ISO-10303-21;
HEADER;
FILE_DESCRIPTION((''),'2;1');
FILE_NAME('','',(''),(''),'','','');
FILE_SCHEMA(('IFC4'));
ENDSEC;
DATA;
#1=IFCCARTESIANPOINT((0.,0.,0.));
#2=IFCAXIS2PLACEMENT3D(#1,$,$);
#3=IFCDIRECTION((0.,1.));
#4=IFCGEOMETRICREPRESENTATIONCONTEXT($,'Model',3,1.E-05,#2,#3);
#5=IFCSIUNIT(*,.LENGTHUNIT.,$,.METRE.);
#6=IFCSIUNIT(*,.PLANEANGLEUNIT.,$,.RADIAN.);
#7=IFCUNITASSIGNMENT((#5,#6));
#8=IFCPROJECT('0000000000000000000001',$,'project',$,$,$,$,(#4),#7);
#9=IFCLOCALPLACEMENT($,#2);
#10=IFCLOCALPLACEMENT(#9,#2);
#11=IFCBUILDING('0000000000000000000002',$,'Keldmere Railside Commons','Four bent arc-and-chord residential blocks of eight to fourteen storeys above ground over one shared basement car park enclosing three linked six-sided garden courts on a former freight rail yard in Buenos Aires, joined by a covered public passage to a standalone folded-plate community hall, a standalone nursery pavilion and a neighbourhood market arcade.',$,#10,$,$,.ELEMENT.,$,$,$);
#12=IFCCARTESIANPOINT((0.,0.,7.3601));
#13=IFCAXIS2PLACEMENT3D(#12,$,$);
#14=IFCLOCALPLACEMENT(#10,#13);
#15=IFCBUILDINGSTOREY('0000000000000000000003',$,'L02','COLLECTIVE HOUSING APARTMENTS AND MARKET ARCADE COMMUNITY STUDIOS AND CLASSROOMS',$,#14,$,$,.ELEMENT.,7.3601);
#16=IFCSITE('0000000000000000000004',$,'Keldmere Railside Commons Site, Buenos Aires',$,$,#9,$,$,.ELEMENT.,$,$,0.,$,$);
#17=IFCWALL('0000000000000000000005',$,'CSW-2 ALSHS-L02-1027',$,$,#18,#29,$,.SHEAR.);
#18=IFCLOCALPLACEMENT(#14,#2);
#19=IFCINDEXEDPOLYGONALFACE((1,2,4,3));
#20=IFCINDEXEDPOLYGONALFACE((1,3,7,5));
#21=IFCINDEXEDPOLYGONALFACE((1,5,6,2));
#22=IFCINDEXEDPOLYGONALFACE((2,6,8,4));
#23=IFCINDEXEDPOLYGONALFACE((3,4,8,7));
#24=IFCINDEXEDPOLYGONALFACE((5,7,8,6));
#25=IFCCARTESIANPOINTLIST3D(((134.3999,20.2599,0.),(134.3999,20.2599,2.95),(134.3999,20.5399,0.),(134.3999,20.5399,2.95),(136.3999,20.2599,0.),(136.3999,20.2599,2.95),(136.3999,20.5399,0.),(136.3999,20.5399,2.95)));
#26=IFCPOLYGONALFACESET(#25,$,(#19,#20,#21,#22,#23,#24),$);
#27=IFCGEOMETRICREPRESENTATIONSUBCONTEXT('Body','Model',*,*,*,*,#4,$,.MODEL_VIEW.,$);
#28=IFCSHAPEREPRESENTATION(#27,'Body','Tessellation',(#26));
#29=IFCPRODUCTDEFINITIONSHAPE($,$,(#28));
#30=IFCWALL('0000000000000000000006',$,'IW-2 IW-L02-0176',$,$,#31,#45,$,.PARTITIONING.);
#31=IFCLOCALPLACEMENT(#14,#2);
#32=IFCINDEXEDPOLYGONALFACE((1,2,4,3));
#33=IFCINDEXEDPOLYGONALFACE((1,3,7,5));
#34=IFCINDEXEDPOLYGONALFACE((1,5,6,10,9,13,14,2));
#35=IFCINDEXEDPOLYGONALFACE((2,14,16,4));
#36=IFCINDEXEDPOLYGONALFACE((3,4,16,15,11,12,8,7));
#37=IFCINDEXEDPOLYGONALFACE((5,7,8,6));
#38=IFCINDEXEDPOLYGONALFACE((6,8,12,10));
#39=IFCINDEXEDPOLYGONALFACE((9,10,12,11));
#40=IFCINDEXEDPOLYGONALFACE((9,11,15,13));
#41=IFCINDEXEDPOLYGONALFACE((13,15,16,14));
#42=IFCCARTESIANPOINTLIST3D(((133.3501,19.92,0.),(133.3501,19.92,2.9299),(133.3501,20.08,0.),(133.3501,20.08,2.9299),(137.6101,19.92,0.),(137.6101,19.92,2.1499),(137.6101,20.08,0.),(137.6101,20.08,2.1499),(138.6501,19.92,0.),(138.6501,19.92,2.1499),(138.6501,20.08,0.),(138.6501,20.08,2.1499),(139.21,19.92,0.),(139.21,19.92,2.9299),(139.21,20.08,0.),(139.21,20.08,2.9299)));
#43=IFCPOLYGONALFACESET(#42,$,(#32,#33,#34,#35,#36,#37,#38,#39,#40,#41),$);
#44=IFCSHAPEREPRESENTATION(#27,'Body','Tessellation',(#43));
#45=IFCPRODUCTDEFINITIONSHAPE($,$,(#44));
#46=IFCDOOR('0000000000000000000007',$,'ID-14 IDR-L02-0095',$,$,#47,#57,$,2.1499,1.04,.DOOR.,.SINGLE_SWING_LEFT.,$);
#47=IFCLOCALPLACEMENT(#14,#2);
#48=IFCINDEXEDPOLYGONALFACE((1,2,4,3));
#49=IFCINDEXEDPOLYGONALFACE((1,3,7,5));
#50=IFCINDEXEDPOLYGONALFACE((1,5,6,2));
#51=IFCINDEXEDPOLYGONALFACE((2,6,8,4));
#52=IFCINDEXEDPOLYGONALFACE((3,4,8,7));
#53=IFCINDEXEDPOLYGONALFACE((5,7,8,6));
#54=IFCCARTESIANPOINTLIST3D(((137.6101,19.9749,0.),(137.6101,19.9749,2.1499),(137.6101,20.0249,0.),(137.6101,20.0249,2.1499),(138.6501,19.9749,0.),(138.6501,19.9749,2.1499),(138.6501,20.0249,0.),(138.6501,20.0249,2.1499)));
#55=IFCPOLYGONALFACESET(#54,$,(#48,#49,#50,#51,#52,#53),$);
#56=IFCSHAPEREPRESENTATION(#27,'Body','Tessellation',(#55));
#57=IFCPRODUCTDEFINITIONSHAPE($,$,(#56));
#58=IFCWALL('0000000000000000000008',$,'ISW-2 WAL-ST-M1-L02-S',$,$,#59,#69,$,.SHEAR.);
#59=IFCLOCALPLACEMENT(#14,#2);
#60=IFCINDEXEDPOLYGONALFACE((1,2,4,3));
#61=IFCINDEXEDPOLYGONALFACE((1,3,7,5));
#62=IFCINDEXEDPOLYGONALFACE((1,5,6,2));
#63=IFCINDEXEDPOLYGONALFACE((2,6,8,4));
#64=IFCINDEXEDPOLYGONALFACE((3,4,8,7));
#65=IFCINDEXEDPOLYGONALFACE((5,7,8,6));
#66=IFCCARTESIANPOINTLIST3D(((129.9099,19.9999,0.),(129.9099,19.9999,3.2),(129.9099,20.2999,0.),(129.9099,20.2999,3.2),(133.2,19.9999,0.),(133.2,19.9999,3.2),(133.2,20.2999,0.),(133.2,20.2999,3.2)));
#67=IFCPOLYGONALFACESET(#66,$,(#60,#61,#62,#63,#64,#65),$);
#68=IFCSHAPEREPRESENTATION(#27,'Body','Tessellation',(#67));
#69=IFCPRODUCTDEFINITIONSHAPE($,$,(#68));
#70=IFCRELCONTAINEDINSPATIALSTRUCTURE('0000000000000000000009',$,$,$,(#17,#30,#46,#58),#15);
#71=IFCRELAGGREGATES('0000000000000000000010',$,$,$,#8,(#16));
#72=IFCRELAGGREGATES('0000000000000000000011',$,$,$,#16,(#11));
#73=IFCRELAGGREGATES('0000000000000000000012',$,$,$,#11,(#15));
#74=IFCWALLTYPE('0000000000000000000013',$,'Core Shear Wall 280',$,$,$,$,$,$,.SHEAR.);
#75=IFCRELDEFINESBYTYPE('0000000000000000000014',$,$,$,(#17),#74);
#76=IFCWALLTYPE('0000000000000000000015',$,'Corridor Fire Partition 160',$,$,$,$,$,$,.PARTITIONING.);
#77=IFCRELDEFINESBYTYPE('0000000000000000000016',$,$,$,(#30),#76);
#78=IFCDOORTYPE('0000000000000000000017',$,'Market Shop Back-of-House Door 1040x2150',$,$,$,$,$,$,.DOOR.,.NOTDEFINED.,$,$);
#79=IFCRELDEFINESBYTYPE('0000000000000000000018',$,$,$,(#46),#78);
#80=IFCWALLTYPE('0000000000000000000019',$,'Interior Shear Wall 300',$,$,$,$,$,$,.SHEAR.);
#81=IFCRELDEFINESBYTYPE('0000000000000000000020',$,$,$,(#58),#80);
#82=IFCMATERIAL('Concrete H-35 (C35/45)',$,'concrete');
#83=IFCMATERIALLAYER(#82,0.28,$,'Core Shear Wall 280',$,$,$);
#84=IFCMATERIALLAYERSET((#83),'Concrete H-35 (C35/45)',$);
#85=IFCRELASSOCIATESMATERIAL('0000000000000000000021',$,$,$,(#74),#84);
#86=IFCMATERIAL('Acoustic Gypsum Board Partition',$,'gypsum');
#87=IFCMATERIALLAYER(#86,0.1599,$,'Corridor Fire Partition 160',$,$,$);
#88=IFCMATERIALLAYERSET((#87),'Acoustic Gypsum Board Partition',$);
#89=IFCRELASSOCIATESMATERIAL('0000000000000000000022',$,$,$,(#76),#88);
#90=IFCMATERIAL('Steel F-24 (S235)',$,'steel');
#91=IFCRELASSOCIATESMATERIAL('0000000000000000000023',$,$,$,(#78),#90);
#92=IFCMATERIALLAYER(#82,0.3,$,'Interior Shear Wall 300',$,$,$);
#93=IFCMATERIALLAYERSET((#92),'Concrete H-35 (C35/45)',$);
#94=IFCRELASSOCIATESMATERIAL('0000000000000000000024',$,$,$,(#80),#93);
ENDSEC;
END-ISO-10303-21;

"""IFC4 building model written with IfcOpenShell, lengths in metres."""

from ifc_helpers import new_model, si_unit, direction, frame, frame_2d, origin, place, context, subcontext, project, spatial, rectangle, extrude, material, layer, layer_set, type_object, element, fill, save


model = new_model("IFC4")

# Units and contexts
model_context = context("Model", 3, precision=1e-05, world=origin(), true_north=direction((0.0, 1.0)))
body_context = subcontext(model_context, "Body", "Model", "MODEL_VIEW")
ifc_project = project(units=[si_unit("LENGTHUNIT", "METRE"), si_unit("PLANEANGLEUNIT", "RADIAN")], contexts=[model_context])

# Site, building, storey
site_placement = place(None, origin())
site = spatial("IfcSite", under=ifc_project, at=site_placement, Name="Keldmere Railside Commons Site, Buenos Aires", CompositionType="ELEMENT", RefElevation=0.0)
building_placement = place(site_placement, origin())
building = spatial("IfcBuilding", under=site, at=building_placement, Name="Keldmere Railside Commons", Description="Four bent arc-and-chord residential blocks of eight to fourteen storeys above ground over one shared basement car park enclosing three linked six-sided garden courts on a former freight rail yard in Buenos Aires, joined by a covered public passage to a standalone folded-plate community hall, a standalone nursery pavilion and a neighbourhood market arcade.", CompositionType="ELEMENT")
storey_placement = place(building_placement, frame((0.0, 0.0, 7.3601)))
storey = spatial("IfcBuildingStorey", under=building, at=storey_placement, Name="L02", Description="COLLECTIVE HOUSING APARTMENTS AND MARKET ARCADE COMMUNITY STUDIOS AND CLASSROOMS", CompositionType="ELEMENT", Elevation=7.3601)

# Shared definitions
ifc_material_1 = material(Name="Concrete H-35 (C35/45)", Category="concrete")

# Wall
ifc_material_2 = material(Name="Acoustic Gypsum Board Partition", Category="gypsum")
ifc_layer_1 = layer(ifc_material_1, 0.28, Name="Core Shear Wall 280")
ifc_layer_set_1 = layer_set([ifc_layer_1], Name="Concrete H-35 (C35/45)")
wall_type_1 = type_object("IfcWallType", Name="Core Shear Wall 280", PredefinedType="SHEAR", material=ifc_layer_set_1)
for number, where, z_axis, x_axis, name in (
    (1, (134.3999, 20.3999, 0.0), (0.0, 0.0, 1.0), (1.0, 0.0, 0.0), "CSW-2 ALSHS-L02-1027"),
):
    element("IfcWall", number, at=place(storey_placement, frame(where, z_axis=z_axis, x_axis=x_axis)), inside=storey, type_object=wall_type_1, Name=name, PredefinedType="SHEAR", context=body_context, shape_type="SweptSolid", body=[
        extrude(rectangle(XDim=2.0, YDim=0.28, at=frame_2d((1.0, 0.0))), origin(), (0.0, 0.0, 1.0), 2.95),
    ])

# Wall, opening, door
ifc_layer_2 = layer(ifc_material_2, 0.1599, Name="Corridor Fire Partition 160")
ifc_layer_set_2 = layer_set([ifc_layer_2], Name="Acoustic Gypsum Board Partition")
wall_type_2 = type_object("IfcWallType", Name="Corridor Fire Partition 160", PredefinedType="PARTITIONING", material=ifc_layer_set_2)
wall_1_placement = place(storey_placement, frame((133.3501, 20.0, 0.0), z_axis=(0.0, 0.0, 1.0), x_axis=(1.0, 0.0, 0.0)))
wall_1 = element("IfcWall", 2, at=wall_1_placement, inside=storey, type_object=wall_type_2, Name="IW-2 IW-L02-0176", PredefinedType="PARTITIONING", context=body_context, shape_type="SweptSolid", body=[
    extrude(rectangle(XDim=5.8599, YDim=0.1599, at=frame_2d((2.9299, 0.0))), origin(), (0.0, 0.0, 1.0), 2.9299),
])
opening_placement = place(wall_1_placement, frame((4.26, 0.0, 0.0)))
opening = element("IfcOpeningElement", 3, at=opening_placement, cuts=wall_1, PredefinedType="OPENING", context=body_context, shape_type="SweptSolid", body=[
    extrude(rectangle(XDim=1.04, YDim=2.1499, at=frame_2d((0.52, 1.075))), frame((0.0, 0.0898, 0.0), z_axis=(0.0, -1.0, 0.0), x_axis=(1.0, 0.0, 0.0)), (0.0, 0.0, 1.0), 0.1799),
])
ifc_material_3 = material(Name="Steel F-24 (S235)", Category="steel")
door_type = type_object("IfcDoorType", Name="Market Shop Back-of-House Door 1040x2150", OperationType="NOTDEFINED", PredefinedType="DOOR", material=ifc_material_3)
door_placement = place(opening_placement, origin())
door = element("IfcDoor", 4, at=door_placement, inside=storey, type_object=door_type, Name="ID-14 IDR-L02-0095", OperationType="SINGLE_SWING_LEFT", OverallHeight=2.1499, OverallWidth=1.04, PredefinedType="DOOR", context=body_context, shape_type="SweptSolid", body=[
    extrude(rectangle(XDim=1.04, YDim=2.1499, at=frame_2d((0.52, 1.075))), frame((0.0, 0.0249, 0.0), z_axis=(0.0, -1.0, 0.0), x_axis=(1.0, 0.0, 0.0)), (0.0, 0.0, 1.0), 0.05),
])
fill(opening, door)

# Wall
ifc_layer_3 = layer(ifc_material_1, 0.3, Name="Interior Shear Wall 300")
ifc_layer_set_3 = layer_set([ifc_layer_3], Name="Concrete H-35 (C35/45)")
wall_type_3 = type_object("IfcWallType", Name="Interior Shear Wall 300", PredefinedType="SHEAR", material=ifc_layer_set_3)
wall_2_placement = place(storey_placement, frame((133.2, 20.1499, 0.0), z_axis=(0.0, 0.0, 1.0), x_axis=(-1.0, 0.0, 0.0)))
element("IfcWall", 5, at=wall_2_placement, inside=storey, type_object=wall_type_3, Name="ISW-2 WAL-ST-M1-L02-S", PredefinedType="SHEAR", context=body_context, shape_type="SweptSolid", body=[
    extrude(rectangle(XDim=3.29, YDim=0.3, at=frame_2d((1.645, 0.0))), origin(), (0.0, 0.0, 1.0), 3.2),
])

save(model, "model.ifc")
